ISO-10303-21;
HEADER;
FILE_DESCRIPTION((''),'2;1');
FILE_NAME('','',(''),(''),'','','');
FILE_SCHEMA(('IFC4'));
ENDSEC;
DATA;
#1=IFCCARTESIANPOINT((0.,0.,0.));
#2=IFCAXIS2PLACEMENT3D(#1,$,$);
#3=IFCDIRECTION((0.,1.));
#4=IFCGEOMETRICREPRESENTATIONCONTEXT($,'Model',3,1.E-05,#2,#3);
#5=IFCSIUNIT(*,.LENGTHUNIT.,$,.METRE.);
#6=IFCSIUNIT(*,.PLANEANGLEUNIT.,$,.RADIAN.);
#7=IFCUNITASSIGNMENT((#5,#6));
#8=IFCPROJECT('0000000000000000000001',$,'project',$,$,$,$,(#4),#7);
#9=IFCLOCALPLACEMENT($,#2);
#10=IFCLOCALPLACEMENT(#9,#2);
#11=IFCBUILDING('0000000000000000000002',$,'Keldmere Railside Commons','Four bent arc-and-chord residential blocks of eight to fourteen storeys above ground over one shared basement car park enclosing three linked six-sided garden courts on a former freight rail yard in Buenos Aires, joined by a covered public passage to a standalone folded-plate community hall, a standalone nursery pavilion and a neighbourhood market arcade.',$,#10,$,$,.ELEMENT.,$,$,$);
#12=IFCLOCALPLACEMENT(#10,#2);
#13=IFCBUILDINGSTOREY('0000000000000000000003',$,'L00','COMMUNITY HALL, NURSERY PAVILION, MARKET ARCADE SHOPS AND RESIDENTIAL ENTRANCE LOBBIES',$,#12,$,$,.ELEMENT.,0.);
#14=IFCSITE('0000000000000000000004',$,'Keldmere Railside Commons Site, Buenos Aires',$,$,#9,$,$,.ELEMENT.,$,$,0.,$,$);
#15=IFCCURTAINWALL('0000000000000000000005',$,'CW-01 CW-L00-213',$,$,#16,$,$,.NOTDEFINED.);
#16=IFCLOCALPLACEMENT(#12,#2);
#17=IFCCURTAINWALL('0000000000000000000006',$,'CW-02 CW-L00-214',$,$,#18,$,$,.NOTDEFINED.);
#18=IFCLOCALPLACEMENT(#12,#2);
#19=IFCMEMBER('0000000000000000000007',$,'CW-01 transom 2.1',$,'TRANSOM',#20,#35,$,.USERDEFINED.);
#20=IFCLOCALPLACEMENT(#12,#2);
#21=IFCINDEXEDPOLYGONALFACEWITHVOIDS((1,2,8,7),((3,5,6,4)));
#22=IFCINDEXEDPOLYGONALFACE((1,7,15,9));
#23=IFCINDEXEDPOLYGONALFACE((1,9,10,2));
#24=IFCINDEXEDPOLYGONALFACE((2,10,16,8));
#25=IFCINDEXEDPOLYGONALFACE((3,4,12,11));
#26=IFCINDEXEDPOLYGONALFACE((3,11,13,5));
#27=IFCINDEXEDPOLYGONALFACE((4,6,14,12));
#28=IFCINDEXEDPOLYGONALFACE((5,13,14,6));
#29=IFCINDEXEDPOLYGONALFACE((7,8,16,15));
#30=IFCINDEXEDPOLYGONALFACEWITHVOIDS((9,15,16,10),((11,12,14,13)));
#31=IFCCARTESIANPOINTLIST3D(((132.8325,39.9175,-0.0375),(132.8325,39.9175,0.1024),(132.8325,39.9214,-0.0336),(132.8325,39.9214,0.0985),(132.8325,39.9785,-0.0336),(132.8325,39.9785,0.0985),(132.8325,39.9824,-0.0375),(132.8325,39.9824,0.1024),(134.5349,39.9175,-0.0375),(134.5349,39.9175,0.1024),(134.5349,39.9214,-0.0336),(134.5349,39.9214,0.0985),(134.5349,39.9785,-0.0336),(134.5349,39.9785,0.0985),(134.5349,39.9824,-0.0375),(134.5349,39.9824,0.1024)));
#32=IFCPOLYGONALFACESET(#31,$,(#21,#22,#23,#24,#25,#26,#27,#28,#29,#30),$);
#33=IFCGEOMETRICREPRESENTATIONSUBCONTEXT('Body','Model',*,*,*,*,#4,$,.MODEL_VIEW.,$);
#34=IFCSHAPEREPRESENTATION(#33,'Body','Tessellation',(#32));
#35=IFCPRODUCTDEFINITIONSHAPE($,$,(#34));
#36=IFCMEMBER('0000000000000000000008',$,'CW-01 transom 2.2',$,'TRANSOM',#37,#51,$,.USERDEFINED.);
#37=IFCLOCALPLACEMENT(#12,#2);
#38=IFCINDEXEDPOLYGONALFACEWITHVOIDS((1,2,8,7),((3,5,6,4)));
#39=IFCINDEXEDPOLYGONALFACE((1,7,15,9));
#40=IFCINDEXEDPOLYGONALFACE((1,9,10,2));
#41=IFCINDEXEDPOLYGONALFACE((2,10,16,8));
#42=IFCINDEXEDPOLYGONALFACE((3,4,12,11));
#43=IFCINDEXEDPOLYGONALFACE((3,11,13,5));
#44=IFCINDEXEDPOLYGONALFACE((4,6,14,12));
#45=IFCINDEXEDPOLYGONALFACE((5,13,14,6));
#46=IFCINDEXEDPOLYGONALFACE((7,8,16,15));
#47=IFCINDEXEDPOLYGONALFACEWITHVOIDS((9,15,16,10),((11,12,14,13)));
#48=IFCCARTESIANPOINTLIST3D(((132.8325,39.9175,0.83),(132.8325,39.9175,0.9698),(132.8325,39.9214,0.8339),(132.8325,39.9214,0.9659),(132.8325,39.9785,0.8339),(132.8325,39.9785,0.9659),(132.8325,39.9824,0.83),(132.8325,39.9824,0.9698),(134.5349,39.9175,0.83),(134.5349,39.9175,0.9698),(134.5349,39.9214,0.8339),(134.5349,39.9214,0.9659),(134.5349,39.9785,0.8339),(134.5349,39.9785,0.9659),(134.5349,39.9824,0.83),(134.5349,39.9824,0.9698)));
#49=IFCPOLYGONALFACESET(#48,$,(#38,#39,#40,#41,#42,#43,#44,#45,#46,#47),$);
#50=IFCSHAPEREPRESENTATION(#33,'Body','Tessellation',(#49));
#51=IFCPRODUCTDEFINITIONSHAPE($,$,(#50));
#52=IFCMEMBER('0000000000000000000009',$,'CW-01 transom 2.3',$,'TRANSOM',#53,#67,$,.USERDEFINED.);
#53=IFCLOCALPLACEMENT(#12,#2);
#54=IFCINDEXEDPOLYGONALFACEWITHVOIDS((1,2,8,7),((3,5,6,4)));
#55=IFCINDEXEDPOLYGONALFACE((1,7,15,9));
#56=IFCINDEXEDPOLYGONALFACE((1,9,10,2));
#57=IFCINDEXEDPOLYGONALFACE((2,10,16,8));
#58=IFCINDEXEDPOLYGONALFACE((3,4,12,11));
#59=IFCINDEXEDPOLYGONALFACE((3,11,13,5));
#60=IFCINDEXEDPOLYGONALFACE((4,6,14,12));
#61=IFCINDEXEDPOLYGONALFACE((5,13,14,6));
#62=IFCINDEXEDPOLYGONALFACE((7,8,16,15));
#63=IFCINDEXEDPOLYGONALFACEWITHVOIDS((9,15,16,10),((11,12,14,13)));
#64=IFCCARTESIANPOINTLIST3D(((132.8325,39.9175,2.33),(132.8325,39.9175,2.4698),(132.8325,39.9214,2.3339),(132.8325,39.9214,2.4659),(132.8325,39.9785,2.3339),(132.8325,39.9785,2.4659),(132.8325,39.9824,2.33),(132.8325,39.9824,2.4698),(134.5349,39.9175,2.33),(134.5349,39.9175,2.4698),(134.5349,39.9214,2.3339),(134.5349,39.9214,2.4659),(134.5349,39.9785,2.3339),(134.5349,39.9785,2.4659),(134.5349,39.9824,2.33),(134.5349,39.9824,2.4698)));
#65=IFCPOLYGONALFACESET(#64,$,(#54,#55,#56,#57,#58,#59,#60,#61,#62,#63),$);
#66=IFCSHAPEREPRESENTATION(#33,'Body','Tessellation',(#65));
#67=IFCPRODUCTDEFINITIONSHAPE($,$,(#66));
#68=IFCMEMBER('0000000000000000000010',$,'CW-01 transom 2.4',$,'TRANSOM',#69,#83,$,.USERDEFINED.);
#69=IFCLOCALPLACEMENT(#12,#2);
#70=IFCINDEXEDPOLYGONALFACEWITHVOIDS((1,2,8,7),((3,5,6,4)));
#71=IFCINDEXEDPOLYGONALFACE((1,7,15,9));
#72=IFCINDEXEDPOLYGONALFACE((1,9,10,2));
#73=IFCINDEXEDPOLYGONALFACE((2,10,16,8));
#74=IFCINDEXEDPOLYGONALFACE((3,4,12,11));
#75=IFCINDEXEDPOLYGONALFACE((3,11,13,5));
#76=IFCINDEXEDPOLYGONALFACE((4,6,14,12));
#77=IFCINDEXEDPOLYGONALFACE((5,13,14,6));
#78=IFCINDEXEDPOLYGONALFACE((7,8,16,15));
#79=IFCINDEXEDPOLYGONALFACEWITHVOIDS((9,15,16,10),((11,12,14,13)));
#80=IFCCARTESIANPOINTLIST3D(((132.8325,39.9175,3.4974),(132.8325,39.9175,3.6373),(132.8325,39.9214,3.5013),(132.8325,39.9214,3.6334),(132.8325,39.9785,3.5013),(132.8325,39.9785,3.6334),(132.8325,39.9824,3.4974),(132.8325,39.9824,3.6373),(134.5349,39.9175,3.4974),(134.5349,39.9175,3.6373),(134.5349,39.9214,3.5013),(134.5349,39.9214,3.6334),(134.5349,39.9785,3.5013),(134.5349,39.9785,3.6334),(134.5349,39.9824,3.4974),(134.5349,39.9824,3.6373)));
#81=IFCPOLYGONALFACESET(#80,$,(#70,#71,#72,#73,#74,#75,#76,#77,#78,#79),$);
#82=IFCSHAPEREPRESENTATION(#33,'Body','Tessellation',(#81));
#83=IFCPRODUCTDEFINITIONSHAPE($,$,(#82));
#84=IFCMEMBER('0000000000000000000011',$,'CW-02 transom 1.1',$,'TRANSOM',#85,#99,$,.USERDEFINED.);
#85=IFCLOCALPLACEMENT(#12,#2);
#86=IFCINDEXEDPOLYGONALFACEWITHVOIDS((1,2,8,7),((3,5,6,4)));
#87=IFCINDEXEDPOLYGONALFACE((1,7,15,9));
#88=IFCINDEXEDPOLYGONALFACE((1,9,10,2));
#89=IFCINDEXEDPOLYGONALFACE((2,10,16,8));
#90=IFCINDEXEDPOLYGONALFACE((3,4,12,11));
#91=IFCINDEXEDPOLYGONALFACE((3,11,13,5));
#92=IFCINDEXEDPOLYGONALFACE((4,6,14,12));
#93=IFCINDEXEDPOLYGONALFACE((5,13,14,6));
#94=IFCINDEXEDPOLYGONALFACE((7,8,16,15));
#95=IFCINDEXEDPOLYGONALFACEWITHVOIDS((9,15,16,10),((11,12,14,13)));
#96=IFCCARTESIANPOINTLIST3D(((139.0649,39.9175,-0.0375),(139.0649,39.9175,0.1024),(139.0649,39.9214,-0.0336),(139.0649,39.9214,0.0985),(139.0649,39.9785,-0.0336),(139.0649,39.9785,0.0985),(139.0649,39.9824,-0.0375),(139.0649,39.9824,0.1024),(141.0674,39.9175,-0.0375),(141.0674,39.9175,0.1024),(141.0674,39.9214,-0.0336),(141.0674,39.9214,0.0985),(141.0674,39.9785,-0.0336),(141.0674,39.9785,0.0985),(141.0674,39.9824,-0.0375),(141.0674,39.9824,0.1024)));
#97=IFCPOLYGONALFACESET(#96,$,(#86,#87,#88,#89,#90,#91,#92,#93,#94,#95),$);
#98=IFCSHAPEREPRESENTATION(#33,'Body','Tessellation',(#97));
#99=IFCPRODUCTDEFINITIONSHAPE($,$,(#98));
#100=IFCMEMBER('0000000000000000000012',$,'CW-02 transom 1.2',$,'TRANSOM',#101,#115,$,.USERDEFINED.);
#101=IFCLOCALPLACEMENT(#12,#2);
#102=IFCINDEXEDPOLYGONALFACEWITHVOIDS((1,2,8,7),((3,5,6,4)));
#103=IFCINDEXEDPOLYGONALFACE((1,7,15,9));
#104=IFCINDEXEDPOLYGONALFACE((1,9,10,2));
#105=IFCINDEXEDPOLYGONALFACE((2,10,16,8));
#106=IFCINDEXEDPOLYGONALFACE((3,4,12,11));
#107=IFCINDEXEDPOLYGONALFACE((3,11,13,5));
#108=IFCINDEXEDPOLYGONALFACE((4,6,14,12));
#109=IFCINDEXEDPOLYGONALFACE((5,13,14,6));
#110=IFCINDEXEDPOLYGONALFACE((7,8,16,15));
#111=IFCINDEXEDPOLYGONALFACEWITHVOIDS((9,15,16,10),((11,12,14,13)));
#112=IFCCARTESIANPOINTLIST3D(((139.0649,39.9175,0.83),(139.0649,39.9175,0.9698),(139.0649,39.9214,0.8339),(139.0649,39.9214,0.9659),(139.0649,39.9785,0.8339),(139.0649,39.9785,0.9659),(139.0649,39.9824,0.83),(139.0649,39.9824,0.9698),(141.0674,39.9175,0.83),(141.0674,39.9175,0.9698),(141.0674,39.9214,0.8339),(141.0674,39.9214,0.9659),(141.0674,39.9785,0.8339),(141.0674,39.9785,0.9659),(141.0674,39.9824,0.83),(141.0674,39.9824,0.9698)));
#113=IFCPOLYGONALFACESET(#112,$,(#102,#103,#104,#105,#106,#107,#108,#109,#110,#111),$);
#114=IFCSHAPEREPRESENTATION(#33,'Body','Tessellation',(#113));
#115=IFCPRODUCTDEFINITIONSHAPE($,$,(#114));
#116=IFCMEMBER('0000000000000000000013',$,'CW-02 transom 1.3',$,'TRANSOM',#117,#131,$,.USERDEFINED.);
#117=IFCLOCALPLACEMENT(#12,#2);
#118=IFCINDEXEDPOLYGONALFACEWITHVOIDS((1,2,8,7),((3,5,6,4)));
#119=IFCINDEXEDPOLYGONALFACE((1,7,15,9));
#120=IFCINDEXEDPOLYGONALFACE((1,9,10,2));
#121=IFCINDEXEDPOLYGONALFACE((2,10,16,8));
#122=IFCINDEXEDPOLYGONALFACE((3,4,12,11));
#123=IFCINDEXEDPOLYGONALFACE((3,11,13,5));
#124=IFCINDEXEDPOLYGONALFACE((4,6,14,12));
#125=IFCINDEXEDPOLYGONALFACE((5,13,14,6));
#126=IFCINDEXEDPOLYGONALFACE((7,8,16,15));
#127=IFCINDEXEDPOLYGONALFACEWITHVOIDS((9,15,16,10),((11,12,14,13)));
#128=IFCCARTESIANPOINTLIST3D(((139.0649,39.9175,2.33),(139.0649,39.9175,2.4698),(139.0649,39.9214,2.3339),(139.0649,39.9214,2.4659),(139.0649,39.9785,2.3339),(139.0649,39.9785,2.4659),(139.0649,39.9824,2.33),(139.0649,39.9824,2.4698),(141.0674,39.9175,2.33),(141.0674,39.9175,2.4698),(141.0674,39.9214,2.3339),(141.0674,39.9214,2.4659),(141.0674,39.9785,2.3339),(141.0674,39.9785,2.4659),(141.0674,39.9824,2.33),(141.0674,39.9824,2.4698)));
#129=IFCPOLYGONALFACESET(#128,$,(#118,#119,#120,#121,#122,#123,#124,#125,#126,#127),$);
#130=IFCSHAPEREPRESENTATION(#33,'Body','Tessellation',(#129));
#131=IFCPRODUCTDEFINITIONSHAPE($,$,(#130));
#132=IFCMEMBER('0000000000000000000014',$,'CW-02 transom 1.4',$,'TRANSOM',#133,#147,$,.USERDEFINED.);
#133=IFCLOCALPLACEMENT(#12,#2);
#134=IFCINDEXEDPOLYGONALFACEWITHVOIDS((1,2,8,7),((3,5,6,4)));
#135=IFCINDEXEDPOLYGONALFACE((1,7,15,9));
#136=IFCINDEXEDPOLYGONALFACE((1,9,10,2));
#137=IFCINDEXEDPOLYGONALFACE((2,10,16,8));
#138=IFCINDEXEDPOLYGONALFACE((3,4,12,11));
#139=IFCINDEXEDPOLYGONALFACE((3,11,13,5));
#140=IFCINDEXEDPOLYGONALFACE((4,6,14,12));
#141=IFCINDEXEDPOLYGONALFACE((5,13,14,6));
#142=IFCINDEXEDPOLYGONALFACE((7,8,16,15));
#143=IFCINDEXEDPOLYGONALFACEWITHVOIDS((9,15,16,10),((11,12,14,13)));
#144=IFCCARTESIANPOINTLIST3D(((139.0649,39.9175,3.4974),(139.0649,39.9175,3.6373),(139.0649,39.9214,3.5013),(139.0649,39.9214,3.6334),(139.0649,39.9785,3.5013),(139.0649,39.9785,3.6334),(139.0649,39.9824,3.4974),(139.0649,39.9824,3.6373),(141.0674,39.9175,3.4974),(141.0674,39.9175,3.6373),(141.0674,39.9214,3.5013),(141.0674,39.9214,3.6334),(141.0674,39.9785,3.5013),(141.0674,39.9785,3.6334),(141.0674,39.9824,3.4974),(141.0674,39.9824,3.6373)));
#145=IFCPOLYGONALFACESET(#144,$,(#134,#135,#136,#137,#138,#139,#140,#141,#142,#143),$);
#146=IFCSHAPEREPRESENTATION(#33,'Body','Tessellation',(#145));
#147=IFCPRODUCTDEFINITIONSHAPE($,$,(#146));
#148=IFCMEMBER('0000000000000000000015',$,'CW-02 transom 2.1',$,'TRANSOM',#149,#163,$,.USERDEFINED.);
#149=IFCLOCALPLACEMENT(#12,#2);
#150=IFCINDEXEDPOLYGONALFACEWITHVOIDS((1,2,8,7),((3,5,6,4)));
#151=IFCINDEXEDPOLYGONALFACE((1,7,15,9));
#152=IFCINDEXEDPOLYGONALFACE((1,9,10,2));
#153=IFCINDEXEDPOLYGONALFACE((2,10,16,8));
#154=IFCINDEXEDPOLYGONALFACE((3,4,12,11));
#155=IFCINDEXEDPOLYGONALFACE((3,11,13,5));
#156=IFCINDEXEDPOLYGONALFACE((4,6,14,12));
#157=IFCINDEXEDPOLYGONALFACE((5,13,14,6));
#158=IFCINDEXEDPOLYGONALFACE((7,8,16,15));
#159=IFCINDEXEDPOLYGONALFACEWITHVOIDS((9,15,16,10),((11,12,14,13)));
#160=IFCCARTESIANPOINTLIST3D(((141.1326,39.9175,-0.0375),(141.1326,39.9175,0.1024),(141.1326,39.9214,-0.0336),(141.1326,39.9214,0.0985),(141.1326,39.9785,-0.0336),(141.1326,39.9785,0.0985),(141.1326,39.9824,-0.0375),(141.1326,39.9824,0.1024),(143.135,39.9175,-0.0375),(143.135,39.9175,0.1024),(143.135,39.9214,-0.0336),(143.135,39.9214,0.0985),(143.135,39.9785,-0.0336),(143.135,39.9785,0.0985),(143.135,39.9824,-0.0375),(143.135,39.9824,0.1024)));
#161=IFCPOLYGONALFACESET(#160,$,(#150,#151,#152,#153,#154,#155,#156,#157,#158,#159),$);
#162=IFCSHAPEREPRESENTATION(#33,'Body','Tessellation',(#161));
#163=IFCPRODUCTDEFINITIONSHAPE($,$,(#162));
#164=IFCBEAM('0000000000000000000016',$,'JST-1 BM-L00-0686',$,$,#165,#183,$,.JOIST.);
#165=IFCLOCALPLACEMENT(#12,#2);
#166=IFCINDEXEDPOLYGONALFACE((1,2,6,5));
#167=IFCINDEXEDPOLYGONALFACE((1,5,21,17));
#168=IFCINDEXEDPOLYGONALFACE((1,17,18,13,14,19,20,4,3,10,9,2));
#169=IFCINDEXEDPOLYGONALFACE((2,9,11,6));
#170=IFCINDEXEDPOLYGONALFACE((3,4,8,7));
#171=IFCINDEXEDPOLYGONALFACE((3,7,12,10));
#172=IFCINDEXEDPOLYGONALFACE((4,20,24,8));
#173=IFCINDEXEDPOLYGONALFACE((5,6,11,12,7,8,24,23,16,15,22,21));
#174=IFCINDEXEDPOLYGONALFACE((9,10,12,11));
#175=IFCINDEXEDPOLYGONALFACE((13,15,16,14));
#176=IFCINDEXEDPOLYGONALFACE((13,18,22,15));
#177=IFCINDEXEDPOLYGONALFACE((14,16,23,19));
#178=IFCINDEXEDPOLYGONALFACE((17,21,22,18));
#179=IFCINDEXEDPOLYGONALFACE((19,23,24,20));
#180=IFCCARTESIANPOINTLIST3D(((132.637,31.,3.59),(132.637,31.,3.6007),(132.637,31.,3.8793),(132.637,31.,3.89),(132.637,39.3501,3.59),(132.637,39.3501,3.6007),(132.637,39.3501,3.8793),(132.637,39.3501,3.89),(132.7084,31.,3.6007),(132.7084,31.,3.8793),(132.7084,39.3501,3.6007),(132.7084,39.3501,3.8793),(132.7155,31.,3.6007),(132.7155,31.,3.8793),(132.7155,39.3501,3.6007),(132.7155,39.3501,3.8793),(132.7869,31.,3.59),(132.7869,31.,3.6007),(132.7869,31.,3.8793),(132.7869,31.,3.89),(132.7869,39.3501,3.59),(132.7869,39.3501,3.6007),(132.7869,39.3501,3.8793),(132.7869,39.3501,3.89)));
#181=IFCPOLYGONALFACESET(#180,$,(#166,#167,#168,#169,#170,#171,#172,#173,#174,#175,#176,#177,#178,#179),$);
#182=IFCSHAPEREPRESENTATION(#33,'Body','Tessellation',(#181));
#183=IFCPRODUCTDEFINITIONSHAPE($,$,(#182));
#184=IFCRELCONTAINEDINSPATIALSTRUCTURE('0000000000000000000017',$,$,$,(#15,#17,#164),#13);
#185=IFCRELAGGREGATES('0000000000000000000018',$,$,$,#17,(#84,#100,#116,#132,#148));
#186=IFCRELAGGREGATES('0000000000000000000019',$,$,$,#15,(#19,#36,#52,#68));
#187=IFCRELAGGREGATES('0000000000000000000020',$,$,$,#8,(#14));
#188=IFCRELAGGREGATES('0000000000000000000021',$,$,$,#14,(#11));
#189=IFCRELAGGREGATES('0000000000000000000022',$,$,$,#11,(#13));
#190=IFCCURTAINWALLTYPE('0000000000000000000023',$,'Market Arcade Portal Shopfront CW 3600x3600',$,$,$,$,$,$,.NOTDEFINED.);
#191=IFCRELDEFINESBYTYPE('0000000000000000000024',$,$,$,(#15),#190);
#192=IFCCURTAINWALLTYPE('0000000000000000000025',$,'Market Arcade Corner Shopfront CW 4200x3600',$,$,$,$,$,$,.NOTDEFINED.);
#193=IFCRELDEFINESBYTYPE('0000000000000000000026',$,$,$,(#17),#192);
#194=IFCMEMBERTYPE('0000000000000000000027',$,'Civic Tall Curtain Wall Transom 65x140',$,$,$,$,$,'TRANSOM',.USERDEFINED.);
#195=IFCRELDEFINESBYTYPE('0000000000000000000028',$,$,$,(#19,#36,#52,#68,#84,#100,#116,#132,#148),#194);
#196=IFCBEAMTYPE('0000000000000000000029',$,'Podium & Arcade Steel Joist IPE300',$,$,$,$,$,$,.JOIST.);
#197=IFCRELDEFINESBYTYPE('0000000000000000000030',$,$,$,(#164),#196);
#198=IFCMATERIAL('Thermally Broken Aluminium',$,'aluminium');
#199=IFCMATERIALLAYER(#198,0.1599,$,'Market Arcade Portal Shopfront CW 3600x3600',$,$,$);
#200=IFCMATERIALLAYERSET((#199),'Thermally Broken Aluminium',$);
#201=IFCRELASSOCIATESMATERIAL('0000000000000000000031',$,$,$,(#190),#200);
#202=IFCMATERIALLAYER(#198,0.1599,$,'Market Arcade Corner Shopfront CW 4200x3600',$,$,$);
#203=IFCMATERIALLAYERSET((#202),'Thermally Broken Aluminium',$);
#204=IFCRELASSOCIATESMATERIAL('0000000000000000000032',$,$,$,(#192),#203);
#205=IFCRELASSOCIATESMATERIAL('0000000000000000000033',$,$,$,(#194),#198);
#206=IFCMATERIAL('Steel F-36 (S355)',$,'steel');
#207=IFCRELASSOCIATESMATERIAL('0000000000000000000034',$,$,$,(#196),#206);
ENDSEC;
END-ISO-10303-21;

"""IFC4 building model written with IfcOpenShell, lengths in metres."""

from ifc_helpers import new_model, si_unit, direction, frame, origin, origin_2d, place, context, subcontext, project, spatial, hollow_rectangle, i_section, extrude, material, layer, layer_set, material_profile, profile_set, type_object, element, aggregate, save


model = new_model("IFC4")

# Units and contexts
model_context = context("Model", 3, precision=1e-05, world=origin(), true_north=direction((0.0, 1.0)))
body_context = subcontext(model_context, "Body", "Model", "MODEL_VIEW")
ifc_project = project(units=[si_unit("LENGTHUNIT", "METRE"), si_unit("PLANEANGLEUNIT", "RADIAN")], contexts=[model_context])

# Site, building, storey
site_placement = place(None, origin())
site = spatial("IfcSite", under=ifc_project, at=site_placement, Name="Keldmere Railside Commons Site, Buenos Aires", CompositionType="ELEMENT", RefElevation=0.0)
building_placement = place(site_placement, origin())
building = spatial("IfcBuilding", under=site, at=building_placement, Name="Keldmere Railside Commons", Description="Four bent arc-and-chord residential blocks of eight to fourteen storeys above ground over one shared basement car park enclosing three linked six-sided garden courts on a former freight rail yard in Buenos Aires, joined by a covered public passage to a standalone folded-plate community hall, a standalone nursery pavilion and a neighbourhood market arcade.", CompositionType="ELEMENT")
storey_placement = place(building_placement, origin())
storey = spatial("IfcBuildingStorey", under=building, at=storey_placement, Name="L00", Description="COMMUNITY HALL, NURSERY PAVILION, MARKET ARCADE SHOPS AND RESIDENTIAL ENTRANCE LOBBIES", CompositionType="ELEMENT", Elevation=0.0)

# Curtain walls
ifc_material_1 = material(Name="Thermally Broken Aluminium", Category="aluminium")
ifc_layer_1 = layer(ifc_material_1, 0.1599, Name="Market Arcade Portal Shopfront CW 3600x3600")
ifc_layer_set_1 = layer_set([ifc_layer_1], Name="Thermally Broken Aluminium")
curtain_wall_type_1 = type_object("IfcCurtainWallType", Name="Market Arcade Portal Shopfront CW 3600x3600", PredefinedType="NOTDEFINED", material=ifc_layer_set_1)
curtain_wall_1_placement = place(storey_placement, origin())
curtain_wall_1 = element("IfcCurtainWall", 1, at=curtain_wall_1_placement, inside=storey, type_object=curtain_wall_type_1, Name="CW-01 CW-L00-213", PredefinedType="NOTDEFINED")
ifc_layer_2 = layer(ifc_material_1, 0.1599, Name="Market Arcade Corner Shopfront CW 4200x3600")
ifc_layer_set_2 = layer_set([ifc_layer_2], Name="Thermally Broken Aluminium")
curtain_wall_type_2 = type_object("IfcCurtainWallType", Name="Market Arcade Corner Shopfront CW 4200x3600", PredefinedType="NOTDEFINED", material=ifc_layer_set_2)
curtain_wall_2_placement = place(storey_placement, origin())
curtain_wall_2 = element("IfcCurtainWall", 2, at=curtain_wall_2_placement, inside=storey, type_object=curtain_wall_type_2, Name="CW-02 CW-L00-214", PredefinedType="NOTDEFINED")

# Members
ifc_material_profile_1 = material_profile(ifc_material_1, hollow_rectangle(XDim=0.0649, YDim=0.1399, WallThickness=0.0039, at=origin_2d()), Name="ALU-TRAN-65x140")
ifc_profile_set_1 = profile_set([ifc_material_profile_1], Name="Thermally Broken Aluminium")
member_type_1 = type_object("IfcMemberType", Name="Civic Tall Curtain Wall Transom 65x140", ElementType="TRANSOM", PredefinedType="USERDEFINED", material=ifc_profile_set_1)
member_1_placement = place(storey_placement, frame((132.8325, 39.95, 0.0325), z_axis=(1.0, 0.0, 0.0), x_axis=(0.0, 1.0, 0.0)))
member_1 = element("IfcMember", 3, at=member_1_placement, type_object=member_type_1, Name="CW-01 transom 2.1", ObjectType="TRANSOM", PredefinedType="USERDEFINED", context=body_context, shape_type="SweptSolid", body=[
    extrude(hollow_rectangle(XDim=0.0649, YDim=0.1399, WallThickness=0.0039, at=origin_2d()), origin(), (0.0, 0.0, 1.0), 1.7024),
])
member_2_placement = place(storey_placement, frame((132.8325, 39.95, 0.8999), z_axis=(1.0, 0.0, 0.0), x_axis=(0.0, 1.0, 0.0)))
member_2 = element("IfcMember", 4, at=member_2_placement, type_object=member_type_1, Name="CW-01 transom 2.2", ObjectType="TRANSOM", PredefinedType="USERDEFINED", context=body_context, shape_type="SweptSolid", body=[
    extrude(hollow_rectangle(XDim=0.0649, YDim=0.1399, WallThickness=0.0039, at=origin_2d()), origin(), (0.0, 0.0, 1.0), 1.7024),
])
member_3_placement = place(storey_placement, frame((132.8325, 39.95, 2.3999), z_axis=(1.0, 0.0, 0.0), x_axis=(0.0, 1.0, 0.0)))
member_3 = element("IfcMember", 5, at=member_3_placement, type_object=member_type_1, Name="CW-01 transom 2.3", ObjectType="TRANSOM", PredefinedType="USERDEFINED", context=body_context, shape_type="SweptSolid", body=[
    extrude(hollow_rectangle(XDim=0.0649, YDim=0.1399, WallThickness=0.0039, at=origin_2d()), origin(), (0.0, 0.0, 1.0), 1.7024),
])
member_4_placement = place(storey_placement, frame((132.8325, 39.95, 3.5674), z_axis=(1.0, 0.0, 0.0), x_axis=(0.0, 1.0, 0.0)))
member_4 = element("IfcMember", 6, at=member_4_placement, type_object=member_type_1, Name="CW-01 transom 2.4", ObjectType="TRANSOM", PredefinedType="USERDEFINED", context=body_context, shape_type="SweptSolid", body=[
    extrude(hollow_rectangle(XDim=0.0649, YDim=0.1399, WallThickness=0.0039, at=origin_2d()), origin(), (0.0, 0.0, 1.0), 1.7024),
])
member_5_placement = place(storey_placement, frame((139.0649, 39.95, 0.0325), z_axis=(1.0, 0.0, 0.0), x_axis=(0.0, 1.0, 0.0)))
member_5 = element("IfcMember", 7, at=member_5_placement, type_object=member_type_1, Name="CW-02 transom 1.1", ObjectType="TRANSOM", PredefinedType="USERDEFINED", context=body_context, shape_type="SweptSolid", body=[
    extrude(hollow_rectangle(XDim=0.0649, YDim=0.1399, WallThickness=0.0039, at=origin_2d()), origin(), (0.0, 0.0, 1.0), 2.0024),
])
member_6_placement = place(storey_placement, frame((139.0649, 39.95, 0.8999), z_axis=(1.0, 0.0, 0.0), x_axis=(0.0, 1.0, 0.0)))
member_6 = element("IfcMember", 8, at=member_6_placement, type_object=member_type_1, Name="CW-02 transom 1.2", ObjectType="TRANSOM", PredefinedType="USERDEFINED", context=body_context, shape_type="SweptSolid", body=[
    extrude(hollow_rectangle(XDim=0.0649, YDim=0.1399, WallThickness=0.0039, at=origin_2d()), origin(), (0.0, 0.0, 1.0), 2.0024),
])
member_7_placement = place(storey_placement, frame((139.0649, 39.95, 2.3999), z_axis=(1.0, 0.0, 0.0), x_axis=(0.0, 1.0, 0.0)))
member_7 = element("IfcMember", 9, at=member_7_placement, type_object=member_type_1, Name="CW-02 transom 1.3", ObjectType="TRANSOM", PredefinedType="USERDEFINED", context=body_context, shape_type="SweptSolid", body=[
    extrude(hollow_rectangle(XDim=0.0649, YDim=0.1399, WallThickness=0.0039, at=origin_2d()), origin(), (0.0, 0.0, 1.0), 2.0024),
])
member_8_placement = place(storey_placement, frame((139.0649, 39.95, 3.5674), z_axis=(1.0, 0.0, 0.0), x_axis=(0.0, 1.0, 0.0)))
member_8 = element("IfcMember", 10, at=member_8_placement, type_object=member_type_1, Name="CW-02 transom 1.4", ObjectType="TRANSOM", PredefinedType="USERDEFINED", context=body_context, shape_type="SweptSolid", body=[
    extrude(hollow_rectangle(XDim=0.0649, YDim=0.1399, WallThickness=0.0039, at=origin_2d()), origin(), (0.0, 0.0, 1.0), 2.0024),
])
member_9_placement = place(storey_placement, frame((141.1326, 39.95, 0.0325), z_axis=(1.0, 0.0, 0.0), x_axis=(0.0, 1.0, 0.0)))
member_9 = element("IfcMember", 11, at=member_9_placement, type_object=member_type_1, Name="CW-02 transom 2.1", ObjectType="TRANSOM", PredefinedType="USERDEFINED", context=body_context, shape_type="SweptSolid", body=[
    extrude(hollow_rectangle(XDim=0.0649, YDim=0.1399, WallThickness=0.0039, at=origin_2d()), origin(), (0.0, 0.0, 1.0), 2.0024),
])

# Beam
ifc_material_2 = material(Name="Steel F-36 (S355)", Category="steel")
ifc_material_profile_2 = material_profile(ifc_material_2, i_section(OverallWidth=0.1499, OverallDepth=0.3, WebThickness=0.0071, FlangeThickness=0.0107, at=origin_2d()), Name="IPE-300")
ifc_profile_set_2 = profile_set([ifc_material_profile_2], Name="Steel F-36 (S355)")
beam_type_1 = type_object("IfcBeamType", Name="Podium & Arcade Steel Joist IPE300", PredefinedType="JOIST", material=ifc_profile_set_2)
beam_1_placement = place(storey_placement, frame((132.7119, 31.0, 3.74), z_axis=(0.0, 1.0, 0.0), x_axis=(-1.0, 0.0, 0.0)))
element("IfcBeam", 12, at=beam_1_placement, inside=storey, type_object=beam_type_1, Name="JST-1 BM-L00-0686", PredefinedType="JOIST", context=body_context, shape_type="SweptSolid", body=[
    extrude(i_section(OverallWidth=0.1499, OverallDepth=0.3, WebThickness=0.0071, FlangeThickness=0.0107, at=origin_2d()), origin(), (0.0, 0.0, 1.0), 8.3501),
])

aggregate(curtain_wall_2, [member_5, member_6, member_7, member_8, member_9])
aggregate(curtain_wall_1, [member_1, member_2, member_3, member_4])

save(model, "model.ifc")
